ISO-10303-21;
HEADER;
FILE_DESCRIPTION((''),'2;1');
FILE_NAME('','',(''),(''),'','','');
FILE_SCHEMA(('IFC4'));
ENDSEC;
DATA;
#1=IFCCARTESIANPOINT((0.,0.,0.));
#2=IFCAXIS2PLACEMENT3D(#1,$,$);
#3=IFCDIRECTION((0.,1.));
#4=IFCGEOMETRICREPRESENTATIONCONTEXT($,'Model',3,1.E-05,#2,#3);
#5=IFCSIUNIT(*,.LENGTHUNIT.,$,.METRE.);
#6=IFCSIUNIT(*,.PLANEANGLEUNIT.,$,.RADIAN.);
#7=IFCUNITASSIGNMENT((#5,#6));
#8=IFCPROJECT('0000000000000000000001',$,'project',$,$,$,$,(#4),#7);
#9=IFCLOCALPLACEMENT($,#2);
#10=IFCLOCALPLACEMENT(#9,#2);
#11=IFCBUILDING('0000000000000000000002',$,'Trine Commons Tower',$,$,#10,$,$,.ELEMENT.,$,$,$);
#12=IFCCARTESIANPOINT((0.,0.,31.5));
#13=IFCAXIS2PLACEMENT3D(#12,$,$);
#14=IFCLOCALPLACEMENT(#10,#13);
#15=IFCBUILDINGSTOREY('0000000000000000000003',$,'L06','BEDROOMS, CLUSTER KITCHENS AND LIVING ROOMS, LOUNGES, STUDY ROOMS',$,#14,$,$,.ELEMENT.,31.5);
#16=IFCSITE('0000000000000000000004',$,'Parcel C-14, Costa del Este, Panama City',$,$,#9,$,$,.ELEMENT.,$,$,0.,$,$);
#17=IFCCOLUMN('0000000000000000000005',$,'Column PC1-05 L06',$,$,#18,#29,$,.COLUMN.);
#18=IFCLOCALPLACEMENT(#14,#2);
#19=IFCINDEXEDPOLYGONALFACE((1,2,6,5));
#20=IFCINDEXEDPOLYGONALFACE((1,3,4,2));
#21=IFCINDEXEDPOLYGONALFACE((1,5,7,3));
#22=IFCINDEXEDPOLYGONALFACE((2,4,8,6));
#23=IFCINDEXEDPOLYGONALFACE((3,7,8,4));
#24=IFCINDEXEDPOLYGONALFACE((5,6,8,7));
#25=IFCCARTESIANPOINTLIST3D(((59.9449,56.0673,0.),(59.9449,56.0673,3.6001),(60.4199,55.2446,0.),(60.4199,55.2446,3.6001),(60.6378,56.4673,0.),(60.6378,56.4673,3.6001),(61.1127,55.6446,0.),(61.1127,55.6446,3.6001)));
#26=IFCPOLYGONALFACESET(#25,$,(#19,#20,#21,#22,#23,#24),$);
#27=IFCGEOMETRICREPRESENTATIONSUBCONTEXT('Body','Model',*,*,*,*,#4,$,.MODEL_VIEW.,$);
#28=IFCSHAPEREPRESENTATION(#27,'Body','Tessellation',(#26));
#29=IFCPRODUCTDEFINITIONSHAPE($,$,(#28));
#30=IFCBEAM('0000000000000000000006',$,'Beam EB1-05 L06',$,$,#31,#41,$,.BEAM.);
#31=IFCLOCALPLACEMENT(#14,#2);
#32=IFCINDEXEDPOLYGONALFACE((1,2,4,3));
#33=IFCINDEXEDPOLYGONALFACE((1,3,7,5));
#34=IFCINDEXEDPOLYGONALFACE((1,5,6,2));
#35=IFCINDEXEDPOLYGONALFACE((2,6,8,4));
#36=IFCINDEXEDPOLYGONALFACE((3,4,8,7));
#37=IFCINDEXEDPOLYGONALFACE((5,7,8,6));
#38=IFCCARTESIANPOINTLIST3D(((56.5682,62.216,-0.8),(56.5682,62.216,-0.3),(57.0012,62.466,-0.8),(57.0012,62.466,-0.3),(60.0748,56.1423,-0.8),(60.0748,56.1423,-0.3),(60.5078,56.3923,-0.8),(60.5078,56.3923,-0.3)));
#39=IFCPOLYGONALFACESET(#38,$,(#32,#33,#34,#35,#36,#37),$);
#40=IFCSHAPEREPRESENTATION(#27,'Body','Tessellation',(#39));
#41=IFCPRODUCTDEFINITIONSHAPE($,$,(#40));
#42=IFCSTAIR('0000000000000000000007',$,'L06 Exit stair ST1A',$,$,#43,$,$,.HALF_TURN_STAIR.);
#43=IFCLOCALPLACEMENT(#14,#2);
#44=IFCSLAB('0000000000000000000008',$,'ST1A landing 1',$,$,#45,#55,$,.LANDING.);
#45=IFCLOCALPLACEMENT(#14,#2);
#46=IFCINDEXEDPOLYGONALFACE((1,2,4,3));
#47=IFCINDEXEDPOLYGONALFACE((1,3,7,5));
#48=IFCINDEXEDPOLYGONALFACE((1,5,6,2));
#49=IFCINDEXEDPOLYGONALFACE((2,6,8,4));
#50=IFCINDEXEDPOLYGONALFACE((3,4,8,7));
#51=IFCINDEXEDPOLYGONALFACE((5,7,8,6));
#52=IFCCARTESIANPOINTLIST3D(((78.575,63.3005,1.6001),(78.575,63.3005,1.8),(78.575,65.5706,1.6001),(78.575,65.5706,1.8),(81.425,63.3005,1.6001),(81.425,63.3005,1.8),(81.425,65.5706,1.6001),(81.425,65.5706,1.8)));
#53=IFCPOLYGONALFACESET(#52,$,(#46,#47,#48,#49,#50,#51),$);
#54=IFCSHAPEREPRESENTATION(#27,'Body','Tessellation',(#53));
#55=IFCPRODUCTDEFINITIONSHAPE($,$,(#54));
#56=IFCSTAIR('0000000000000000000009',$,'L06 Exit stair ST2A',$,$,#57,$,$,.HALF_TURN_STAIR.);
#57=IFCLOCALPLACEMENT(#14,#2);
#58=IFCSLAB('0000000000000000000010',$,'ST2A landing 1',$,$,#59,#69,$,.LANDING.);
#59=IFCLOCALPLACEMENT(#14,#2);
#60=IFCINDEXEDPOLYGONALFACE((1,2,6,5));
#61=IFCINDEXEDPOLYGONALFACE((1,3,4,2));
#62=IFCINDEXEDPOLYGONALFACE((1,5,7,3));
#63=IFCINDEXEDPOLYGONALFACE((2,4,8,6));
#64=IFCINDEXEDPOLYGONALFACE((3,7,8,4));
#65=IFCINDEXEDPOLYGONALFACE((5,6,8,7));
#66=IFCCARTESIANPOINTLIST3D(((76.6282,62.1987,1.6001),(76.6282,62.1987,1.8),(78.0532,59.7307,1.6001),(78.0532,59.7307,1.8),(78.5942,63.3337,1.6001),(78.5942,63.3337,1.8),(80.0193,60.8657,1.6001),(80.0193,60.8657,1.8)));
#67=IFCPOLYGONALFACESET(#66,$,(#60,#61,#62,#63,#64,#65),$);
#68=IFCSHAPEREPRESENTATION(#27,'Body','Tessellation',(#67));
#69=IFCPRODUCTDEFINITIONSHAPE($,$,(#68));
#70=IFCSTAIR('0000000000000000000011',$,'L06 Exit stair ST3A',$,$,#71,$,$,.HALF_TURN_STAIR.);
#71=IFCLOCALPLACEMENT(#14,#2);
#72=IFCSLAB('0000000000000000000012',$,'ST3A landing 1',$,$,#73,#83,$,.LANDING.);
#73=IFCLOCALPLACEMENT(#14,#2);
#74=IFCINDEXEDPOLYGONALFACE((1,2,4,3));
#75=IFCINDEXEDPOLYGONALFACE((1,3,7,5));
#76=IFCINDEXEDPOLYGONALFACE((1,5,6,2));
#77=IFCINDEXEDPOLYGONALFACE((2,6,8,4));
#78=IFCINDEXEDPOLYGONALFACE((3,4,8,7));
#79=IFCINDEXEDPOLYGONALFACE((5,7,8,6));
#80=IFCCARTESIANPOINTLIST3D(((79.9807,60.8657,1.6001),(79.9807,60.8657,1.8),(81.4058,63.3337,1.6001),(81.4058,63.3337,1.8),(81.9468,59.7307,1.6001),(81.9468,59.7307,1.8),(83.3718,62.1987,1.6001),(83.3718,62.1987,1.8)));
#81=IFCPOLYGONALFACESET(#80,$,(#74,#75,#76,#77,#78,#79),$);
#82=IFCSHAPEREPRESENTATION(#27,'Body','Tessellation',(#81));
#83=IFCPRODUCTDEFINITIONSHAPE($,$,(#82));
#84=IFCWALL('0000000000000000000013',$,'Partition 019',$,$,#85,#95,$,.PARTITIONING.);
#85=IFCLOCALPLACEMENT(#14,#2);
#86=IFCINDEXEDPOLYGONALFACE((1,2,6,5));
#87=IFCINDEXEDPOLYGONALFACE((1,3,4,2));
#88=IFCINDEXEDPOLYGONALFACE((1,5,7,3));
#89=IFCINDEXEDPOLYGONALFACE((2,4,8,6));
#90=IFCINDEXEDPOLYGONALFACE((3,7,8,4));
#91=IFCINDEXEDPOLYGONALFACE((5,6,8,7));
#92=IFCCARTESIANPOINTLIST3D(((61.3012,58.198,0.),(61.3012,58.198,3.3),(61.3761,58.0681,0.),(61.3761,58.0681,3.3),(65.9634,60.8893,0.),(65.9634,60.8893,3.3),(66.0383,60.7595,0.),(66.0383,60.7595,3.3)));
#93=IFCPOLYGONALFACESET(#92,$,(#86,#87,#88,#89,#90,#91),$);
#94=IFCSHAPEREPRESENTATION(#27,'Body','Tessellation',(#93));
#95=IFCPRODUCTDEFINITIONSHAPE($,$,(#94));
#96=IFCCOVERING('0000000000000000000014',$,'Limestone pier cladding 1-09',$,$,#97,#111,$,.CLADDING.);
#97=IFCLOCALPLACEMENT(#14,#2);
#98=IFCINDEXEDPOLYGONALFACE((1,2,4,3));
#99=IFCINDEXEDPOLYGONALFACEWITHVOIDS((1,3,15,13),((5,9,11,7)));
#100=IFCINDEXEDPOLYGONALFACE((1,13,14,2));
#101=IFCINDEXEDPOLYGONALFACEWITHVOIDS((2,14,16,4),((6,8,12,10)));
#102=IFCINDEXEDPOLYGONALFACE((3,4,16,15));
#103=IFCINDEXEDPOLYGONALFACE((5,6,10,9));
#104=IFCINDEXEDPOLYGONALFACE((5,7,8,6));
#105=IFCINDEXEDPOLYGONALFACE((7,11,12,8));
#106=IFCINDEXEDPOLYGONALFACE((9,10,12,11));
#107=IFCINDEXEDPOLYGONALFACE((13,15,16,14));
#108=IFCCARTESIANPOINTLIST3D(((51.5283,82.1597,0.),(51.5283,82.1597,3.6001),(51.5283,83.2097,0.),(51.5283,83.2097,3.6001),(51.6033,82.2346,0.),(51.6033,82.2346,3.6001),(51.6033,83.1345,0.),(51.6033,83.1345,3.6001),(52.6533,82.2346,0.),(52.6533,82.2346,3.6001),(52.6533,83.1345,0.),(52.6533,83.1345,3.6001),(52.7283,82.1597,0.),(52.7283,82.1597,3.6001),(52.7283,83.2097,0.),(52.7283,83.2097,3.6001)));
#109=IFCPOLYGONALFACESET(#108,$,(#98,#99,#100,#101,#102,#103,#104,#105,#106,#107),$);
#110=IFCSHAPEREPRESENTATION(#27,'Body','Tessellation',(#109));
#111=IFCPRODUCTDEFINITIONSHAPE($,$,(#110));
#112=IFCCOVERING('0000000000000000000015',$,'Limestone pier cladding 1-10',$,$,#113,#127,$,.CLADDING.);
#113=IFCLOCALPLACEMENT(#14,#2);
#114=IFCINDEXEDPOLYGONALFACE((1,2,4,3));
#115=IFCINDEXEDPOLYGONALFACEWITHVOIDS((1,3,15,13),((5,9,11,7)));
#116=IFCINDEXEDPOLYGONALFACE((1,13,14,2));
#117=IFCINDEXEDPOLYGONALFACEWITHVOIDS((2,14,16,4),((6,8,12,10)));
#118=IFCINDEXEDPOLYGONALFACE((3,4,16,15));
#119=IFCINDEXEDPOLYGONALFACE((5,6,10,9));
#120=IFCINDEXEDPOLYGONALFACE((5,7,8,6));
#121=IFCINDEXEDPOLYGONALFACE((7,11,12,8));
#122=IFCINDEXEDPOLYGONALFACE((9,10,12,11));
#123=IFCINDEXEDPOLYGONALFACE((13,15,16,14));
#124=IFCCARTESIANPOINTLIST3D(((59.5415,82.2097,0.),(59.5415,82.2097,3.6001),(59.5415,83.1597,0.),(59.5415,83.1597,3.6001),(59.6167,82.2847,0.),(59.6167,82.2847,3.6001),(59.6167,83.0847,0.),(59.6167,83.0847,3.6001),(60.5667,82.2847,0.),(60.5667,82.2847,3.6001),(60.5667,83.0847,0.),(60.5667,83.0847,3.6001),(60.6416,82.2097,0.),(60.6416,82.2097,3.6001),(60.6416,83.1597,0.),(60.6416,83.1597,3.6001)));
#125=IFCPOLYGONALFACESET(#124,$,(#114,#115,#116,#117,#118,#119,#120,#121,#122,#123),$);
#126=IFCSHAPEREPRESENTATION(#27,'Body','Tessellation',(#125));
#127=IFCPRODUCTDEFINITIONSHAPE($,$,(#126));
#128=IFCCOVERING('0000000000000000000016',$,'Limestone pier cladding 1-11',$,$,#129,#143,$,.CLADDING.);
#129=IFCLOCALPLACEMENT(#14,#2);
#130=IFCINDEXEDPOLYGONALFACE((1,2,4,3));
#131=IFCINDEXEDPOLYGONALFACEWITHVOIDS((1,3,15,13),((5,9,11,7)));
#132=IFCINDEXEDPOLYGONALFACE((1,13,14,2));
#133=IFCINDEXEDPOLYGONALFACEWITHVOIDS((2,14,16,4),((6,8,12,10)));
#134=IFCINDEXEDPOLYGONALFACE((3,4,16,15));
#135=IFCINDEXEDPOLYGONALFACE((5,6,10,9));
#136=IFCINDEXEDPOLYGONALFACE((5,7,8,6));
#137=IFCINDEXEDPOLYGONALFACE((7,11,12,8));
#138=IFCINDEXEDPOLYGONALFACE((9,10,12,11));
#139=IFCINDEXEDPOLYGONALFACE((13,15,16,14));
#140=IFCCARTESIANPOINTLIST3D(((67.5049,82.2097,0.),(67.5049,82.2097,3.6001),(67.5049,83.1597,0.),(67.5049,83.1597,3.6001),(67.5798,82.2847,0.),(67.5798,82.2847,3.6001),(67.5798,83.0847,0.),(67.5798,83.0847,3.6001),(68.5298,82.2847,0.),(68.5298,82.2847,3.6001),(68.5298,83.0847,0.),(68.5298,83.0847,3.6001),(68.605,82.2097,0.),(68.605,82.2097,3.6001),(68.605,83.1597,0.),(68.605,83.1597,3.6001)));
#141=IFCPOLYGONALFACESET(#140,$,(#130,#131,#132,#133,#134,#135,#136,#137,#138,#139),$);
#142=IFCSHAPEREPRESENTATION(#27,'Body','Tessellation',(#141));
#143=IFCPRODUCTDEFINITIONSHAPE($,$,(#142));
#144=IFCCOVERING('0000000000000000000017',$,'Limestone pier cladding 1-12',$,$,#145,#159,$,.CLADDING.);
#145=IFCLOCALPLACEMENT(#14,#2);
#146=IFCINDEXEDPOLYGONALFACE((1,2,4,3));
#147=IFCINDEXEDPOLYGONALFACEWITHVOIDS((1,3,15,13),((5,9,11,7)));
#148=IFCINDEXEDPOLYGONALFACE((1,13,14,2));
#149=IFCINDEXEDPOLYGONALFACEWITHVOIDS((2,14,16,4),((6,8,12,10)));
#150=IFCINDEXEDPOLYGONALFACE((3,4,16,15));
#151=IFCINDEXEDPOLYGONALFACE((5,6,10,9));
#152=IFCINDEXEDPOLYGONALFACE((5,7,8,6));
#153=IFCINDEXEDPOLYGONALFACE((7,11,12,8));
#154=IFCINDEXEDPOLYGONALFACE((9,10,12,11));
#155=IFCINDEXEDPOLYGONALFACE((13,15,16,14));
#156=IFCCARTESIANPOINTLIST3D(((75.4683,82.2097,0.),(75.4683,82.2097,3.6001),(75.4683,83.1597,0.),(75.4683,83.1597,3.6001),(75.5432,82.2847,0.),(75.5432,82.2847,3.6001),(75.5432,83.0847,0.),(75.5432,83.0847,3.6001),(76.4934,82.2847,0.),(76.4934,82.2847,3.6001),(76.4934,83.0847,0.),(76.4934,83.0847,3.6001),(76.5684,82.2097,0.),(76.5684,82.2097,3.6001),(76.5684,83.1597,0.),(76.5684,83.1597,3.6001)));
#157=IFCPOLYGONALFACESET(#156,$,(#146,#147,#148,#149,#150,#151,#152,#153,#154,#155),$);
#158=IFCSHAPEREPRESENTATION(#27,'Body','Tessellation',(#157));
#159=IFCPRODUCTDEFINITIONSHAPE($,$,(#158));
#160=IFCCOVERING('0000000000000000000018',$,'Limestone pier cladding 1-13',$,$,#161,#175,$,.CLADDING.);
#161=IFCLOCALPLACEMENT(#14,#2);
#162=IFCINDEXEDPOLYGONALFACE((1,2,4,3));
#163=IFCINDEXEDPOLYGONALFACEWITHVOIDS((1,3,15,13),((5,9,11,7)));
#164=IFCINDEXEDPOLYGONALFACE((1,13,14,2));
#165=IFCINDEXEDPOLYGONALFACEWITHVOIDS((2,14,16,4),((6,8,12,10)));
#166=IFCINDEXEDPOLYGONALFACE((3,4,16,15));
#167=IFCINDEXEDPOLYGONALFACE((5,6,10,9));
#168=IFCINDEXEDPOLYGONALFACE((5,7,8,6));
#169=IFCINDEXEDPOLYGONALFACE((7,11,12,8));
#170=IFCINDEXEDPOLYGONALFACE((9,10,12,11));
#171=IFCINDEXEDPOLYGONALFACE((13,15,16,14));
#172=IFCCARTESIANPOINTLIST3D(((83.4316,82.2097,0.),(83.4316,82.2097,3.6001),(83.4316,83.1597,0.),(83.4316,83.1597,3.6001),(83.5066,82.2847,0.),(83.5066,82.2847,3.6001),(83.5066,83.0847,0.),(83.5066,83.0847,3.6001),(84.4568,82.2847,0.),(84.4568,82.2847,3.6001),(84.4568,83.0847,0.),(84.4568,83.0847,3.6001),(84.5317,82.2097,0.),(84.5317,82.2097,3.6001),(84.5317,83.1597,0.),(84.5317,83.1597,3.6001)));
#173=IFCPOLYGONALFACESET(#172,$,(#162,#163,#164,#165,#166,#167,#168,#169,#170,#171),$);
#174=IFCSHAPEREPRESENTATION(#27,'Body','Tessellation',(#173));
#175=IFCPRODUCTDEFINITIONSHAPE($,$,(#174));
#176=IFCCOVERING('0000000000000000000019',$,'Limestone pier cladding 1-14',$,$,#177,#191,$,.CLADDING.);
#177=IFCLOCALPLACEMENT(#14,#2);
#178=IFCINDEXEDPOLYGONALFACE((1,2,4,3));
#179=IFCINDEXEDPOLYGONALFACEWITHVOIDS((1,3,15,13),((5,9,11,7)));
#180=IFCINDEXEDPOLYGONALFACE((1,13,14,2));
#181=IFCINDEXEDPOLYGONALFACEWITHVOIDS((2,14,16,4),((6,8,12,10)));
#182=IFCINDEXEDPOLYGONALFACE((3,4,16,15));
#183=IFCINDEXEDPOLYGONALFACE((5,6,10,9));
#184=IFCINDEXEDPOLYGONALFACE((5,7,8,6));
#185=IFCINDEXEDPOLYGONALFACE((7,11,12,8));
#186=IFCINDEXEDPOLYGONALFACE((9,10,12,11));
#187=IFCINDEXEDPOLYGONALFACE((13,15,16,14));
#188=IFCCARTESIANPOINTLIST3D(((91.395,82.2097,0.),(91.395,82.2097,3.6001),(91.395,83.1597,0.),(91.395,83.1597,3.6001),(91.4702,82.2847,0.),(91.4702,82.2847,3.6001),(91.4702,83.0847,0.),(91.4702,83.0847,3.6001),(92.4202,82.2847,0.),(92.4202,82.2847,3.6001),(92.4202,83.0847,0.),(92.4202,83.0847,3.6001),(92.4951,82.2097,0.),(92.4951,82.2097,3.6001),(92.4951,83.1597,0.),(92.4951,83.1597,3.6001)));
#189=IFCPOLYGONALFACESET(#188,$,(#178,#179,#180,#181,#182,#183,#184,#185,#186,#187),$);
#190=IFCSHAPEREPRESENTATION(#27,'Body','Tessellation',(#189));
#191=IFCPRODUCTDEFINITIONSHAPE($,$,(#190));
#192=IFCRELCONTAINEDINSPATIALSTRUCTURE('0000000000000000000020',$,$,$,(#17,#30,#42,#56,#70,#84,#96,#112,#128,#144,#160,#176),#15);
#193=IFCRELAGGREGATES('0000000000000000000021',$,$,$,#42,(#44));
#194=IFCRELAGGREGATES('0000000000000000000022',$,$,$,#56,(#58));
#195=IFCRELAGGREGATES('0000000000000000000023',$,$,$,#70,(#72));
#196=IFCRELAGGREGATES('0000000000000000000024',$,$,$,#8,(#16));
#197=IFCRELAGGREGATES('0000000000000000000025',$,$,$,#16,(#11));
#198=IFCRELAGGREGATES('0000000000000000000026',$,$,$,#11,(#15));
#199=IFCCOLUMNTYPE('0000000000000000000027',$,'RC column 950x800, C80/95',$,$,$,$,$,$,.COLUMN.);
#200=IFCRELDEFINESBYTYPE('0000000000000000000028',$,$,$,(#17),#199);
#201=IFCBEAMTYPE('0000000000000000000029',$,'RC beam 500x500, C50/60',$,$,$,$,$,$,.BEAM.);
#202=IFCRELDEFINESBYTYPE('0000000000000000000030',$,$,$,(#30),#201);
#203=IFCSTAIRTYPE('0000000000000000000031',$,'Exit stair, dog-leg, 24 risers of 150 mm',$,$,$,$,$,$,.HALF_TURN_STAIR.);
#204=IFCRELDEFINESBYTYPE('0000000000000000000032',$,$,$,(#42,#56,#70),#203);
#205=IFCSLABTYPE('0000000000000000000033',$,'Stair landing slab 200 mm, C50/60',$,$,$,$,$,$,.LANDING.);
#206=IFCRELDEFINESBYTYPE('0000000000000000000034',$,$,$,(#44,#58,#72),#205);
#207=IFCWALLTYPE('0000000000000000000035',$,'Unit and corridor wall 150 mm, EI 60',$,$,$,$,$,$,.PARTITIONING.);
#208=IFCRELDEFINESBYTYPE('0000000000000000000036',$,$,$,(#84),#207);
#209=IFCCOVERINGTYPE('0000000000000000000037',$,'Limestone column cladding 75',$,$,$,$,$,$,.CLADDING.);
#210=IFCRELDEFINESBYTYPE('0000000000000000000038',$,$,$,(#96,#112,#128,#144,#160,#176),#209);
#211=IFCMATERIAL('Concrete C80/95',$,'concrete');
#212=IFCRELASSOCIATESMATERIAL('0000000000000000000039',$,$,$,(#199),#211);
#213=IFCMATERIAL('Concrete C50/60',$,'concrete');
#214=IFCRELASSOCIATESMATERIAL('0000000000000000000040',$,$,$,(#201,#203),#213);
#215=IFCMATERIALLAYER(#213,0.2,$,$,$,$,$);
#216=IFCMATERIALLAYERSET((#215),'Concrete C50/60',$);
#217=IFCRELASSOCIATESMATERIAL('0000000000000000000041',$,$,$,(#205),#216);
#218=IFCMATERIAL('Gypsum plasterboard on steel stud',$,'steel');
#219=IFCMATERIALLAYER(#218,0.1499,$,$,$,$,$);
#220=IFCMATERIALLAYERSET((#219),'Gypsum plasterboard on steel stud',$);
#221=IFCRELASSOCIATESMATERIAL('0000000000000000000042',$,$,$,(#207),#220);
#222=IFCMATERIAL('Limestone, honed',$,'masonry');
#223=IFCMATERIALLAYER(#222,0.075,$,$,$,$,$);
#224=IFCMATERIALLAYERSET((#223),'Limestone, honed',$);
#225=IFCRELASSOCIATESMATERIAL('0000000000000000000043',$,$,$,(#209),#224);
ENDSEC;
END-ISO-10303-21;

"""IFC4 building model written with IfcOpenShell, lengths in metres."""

from ifc_helpers import new_model, si_unit, direction, frame, frame_2d, origin, origin_2d, place, context, subcontext, project, spatial, polyline, rectangle, outline, extrude, material, layer, layer_set, material_profile, profile_set, type_object, element, aggregate, save


model = new_model("IFC4")

# Units and contexts
model_context = context("Model", 3, precision=1e-05, world=origin(), true_north=direction((0.0, 1.0)))
body_context = subcontext(model_context, "Body", "Model", "MODEL_VIEW")
ifc_project = project(units=[si_unit("LENGTHUNIT", "METRE"), si_unit("PLANEANGLEUNIT", "RADIAN")], contexts=[model_context])

# Site, building, storey
site_placement = place(None, origin())
site = spatial("IfcSite", under=ifc_project, at=site_placement, Name="Parcel C-14, Costa del Este, Panama City", CompositionType="ELEMENT", RefElevation=0.0)
building_placement = place(site_placement, origin())
building = spatial("IfcBuilding", under=site, at=building_placement, Name="Trine Commons Tower", CompositionType="ELEMENT")
storey_placement = place(building_placement, frame((0.0, 0.0, 31.5)))
storey = spatial("IfcBuildingStorey", under=building, at=storey_placement, Name="L06", Description="BEDROOMS, CLUSTER KITCHENS AND LIVING ROOMS, LOUNGES, STUDY ROOMS", CompositionType="ELEMENT", Elevation=31.5)

# Column
ifc_material_1 = material(Name="Concrete C80/95", Category="concrete")
ifc_material_profile_1 = material_profile(ifc_material_1, rectangle(XDim=0.95, YDim=0.8, at=origin_2d()), Name="RC 950x800")
ifc_profile_set_1 = profile_set([ifc_material_profile_1], Name="Concrete C80/95")
column_type = type_object("IfcColumnType", Name="RC column 950x800, C80/95", PredefinedType="COLUMN", material=ifc_profile_set_1)
column_placement = place(storey_placement, frame((60.5288, 55.856, 0.0), z_axis=(0.0, 0.0, 1.0), x_axis=(-0.5, 0.866025, 0.0)))
element("IfcColumn", 1, at=column_placement, inside=storey, type_object=column_type, Name="Column PC1-05 L06", PredefinedType="COLUMN", context=body_context, shape_type="SweptSolid", body=[
    extrude(rectangle(XDim=0.95, YDim=0.8, at=origin_2d()), origin(), (0.0, 0.0, 1.0), 3.6001),
])

# Beam
ifc_material_2 = material(Name="Concrete C50/60", Category="concrete")
ifc_material_profile_2 = material_profile(ifc_material_2, rectangle(XDim=0.5, YDim=0.5, at=origin_2d()), Name="RC 500x500")
ifc_profile_set_2 = profile_set([ifc_material_profile_2], Name="Concrete C50/60")
beam_type = type_object("IfcBeamType", Name="RC beam 500x500, C50/60", PredefinedType="BEAM", material=ifc_profile_set_2)
beam_placement = place(storey_placement, frame((60.2913, 56.2673, -0.55), z_axis=(-0.499992, 0.86603, 0.0), x_axis=(-0.86603, -0.499992, 0.0)))
element("IfcBeam", 2, at=beam_placement, inside=storey, type_object=beam_type, Name="Beam EB1-05 L06", PredefinedType="BEAM", context=body_context, shape_type="SweptSolid", body=[
    extrude(rectangle(XDim=0.5, YDim=0.5, at=origin_2d()), origin(), (0.0, 0.0, 1.0), 7.0132),
])

# Stairs, slabs
stair_type = type_object("IfcStairType", Name="Exit stair, dog-leg, 24 risers of 150 mm", PredefinedType="HALF_TURN_STAIR", material=ifc_material_2)
stair_1_placement = place(storey_placement, origin())
stair_1 = element("IfcStair", 3, at=stair_1_placement, inside=storey, type_object=stair_type, Name="L06 Exit stair ST1A", PredefinedType="HALF_TURN_STAIR")
ifc_layer_1 = layer(ifc_material_2, 0.2)
ifc_layer_set_1 = layer_set([ifc_layer_1], Name="Concrete C50/60")
slab_type = type_object("IfcSlabType", Name="Stair landing slab 200 mm, C50/60", PredefinedType="LANDING", material=ifc_layer_set_1)
slab_1_placement = place(storey_placement, frame((0.0, 0.0, 1.6001)))
slab_1 = element("IfcSlab", 4, at=slab_1_placement, type_object=slab_type, Name="ST1A landing 1", PredefinedType="LANDING", context=body_context, shape_type="SweptSolid", body=[
    extrude(outline(polyline([(78.575, 65.5706), (78.575, 63.3005), (81.425, 63.3005), (81.425, 65.5706), (78.575, 65.5706)])), origin(), (0.0, 0.0, 1.0), 0.2),
])
aggregate(stair_1, [slab_1])
stair_2_placement = place(storey_placement, origin())
stair_2 = element("IfcStair", 5, at=stair_2_placement, inside=storey, type_object=stair_type, Name="L06 Exit stair ST2A", PredefinedType="HALF_TURN_STAIR")
slab_2_placement = place(storey_placement, frame((0.0, 0.0, 1.6001)))
slab_2 = element("IfcSlab", 6, at=slab_2_placement, type_object=slab_type, Name="ST2A landing 1", PredefinedType="LANDING", context=body_context, shape_type="SweptSolid", body=[
    extrude(outline(polyline([(78.0532, 59.7307), (80.0193, 60.8657), (78.5942, 63.3337), (76.6282, 62.1987), (78.0532, 59.7307)])), origin(), (0.0, 0.0, 1.0), 0.2),
])
aggregate(stair_2, [slab_2])
stair_3_placement = place(storey_placement, origin())
stair_3 = element("IfcStair", 7, at=stair_3_placement, inside=storey, type_object=stair_type, Name="L06 Exit stair ST3A", PredefinedType="HALF_TURN_STAIR")
slab_3_placement = place(storey_placement, frame((0.0, 0.0, 1.6001)))
slab_3 = element("IfcSlab", 8, at=slab_3_placement, type_object=slab_type, Name="ST3A landing 1", PredefinedType="LANDING", context=body_context, shape_type="SweptSolid", body=[
    extrude(outline(polyline([(83.3718, 62.1987), (81.4058, 63.3337), (79.9807, 60.8657), (81.9468, 59.7307), (83.3718, 62.1987)])), origin(), (0.0, 0.0, 1.0), 0.2),
])
aggregate(stair_3, [slab_3])

# Wall
ifc_material_3 = material(Name="Gypsum plasterboard on steel stud", Category="steel")
ifc_layer_2 = layer(ifc_material_3, 0.1499)
ifc_layer_set_2 = layer_set([ifc_layer_2], Name="Gypsum plasterboard on steel stud")
wall_type = type_object("IfcWallType", Name="Unit and corridor wall 150 mm, EI 60", PredefinedType="PARTITIONING", material=ifc_layer_set_2)
wall_placement = place(storey_placement, frame((61.3386, 58.1331, 0.0), z_axis=(0.0, 0.0, 1.0), x_axis=(0.866058, 0.499944, 0.0)))
element("IfcWall", 9, at=wall_placement, inside=storey, type_object=wall_type, Name="Partition 019", PredefinedType="PARTITIONING", context=body_context, shape_type="SweptSolid", body=[
    extrude(rectangle(XDim=5.3833, YDim=0.1499, at=frame_2d((2.6917, 0.0))), origin(), (0.0, 0.0, 1.0), 3.3),
])

# Coverings
ifc_material_4 = material(Name="Limestone, honed", Category="masonry")
ifc_layer_3 = layer(ifc_material_4, 0.075)
ifc_layer_set_3 = layer_set([ifc_layer_3], Name="Limestone, honed")
covering_type_1 = type_object("IfcCoveringType", Name="Limestone column cladding 75", PredefinedType="CLADDING", material=ifc_layer_set_3)
covering_1_placement = place(storey_placement, origin())
element("IfcCovering", 10, at=covering_1_placement, inside=storey, type_object=covering_type_1, Name="Limestone pier cladding 1-09", PredefinedType="CLADDING", context=body_context, shape_type="SweptSolid", body=[
    extrude(outline(polyline([(52.7283, 82.1597), (52.7283, 83.2097), (51.5283, 83.2097), (51.5283, 82.1597), (52.7283, 82.1597)]), holes=[polyline([(52.6533, 82.2346), (52.6533, 83.1345), (51.6033, 83.1345), (51.6033, 82.2346), (52.6533, 82.2346)])]), origin(), (0.0, 0.0, 1.0), 3.6001),
])
covering_2_placement = place(storey_placement, origin())
element("IfcCovering", 11, at=covering_2_placement, inside=storey, type_object=covering_type_1, Name="Limestone pier cladding 1-10", PredefinedType="CLADDING", context=body_context, shape_type="SweptSolid", body=[
    extrude(outline(polyline([(60.6416, 82.2097), (60.6416, 83.1597), (59.5415, 83.1597), (59.5415, 82.2097), (60.6416, 82.2097)]), holes=[polyline([(60.5667, 82.2847), (60.5667, 83.0847), (59.6167, 83.0847), (59.6167, 82.2847), (60.5667, 82.2847)])]), origin(), (0.0, 0.0, 1.0), 3.6001),
])
covering_3_placement = place(storey_placement, origin())
element("IfcCovering", 12, at=covering_3_placement, inside=storey, type_object=covering_type_1, Name="Limestone pier cladding 1-11", PredefinedType="CLADDING", context=body_context, shape_type="SweptSolid", body=[
    extrude(outline(polyline([(68.605, 82.2097), (68.605, 83.1597), (67.5049, 83.1597), (67.5049, 82.2097), (68.605, 82.2097)]), holes=[polyline([(68.5298, 82.2847), (68.5298, 83.0847), (67.5798, 83.0847), (67.5798, 82.2847), (68.5298, 82.2847)])]), origin(), (0.0, 0.0, 1.0), 3.6001),
])
covering_4_placement = place(storey_placement, origin())
element("IfcCovering", 13, at=covering_4_placement, inside=storey, type_object=covering_type_1, Name="Limestone pier cladding 1-12", PredefinedType="CLADDING", context=body_context, shape_type="SweptSolid", body=[
    extrude(outline(polyline([(76.5684, 82.2097), (76.5684, 83.1597), (75.4683, 83.1597), (75.4683, 82.2097), (76.5684, 82.2097)]), holes=[polyline([(76.4934, 82.2847), (76.4934, 83.0847), (75.5432, 83.0847), (75.5432, 82.2847), (76.4934, 82.2847)])]), origin(), (0.0, 0.0, 1.0), 3.6001),
])
covering_5_placement = place(storey_placement, origin())
element("IfcCovering", 14, at=covering_5_placement, inside=storey, type_object=covering_type_1, Name="Limestone pier cladding 1-13", PredefinedType="CLADDING", context=body_context, shape_type="SweptSolid", body=[
    extrude(outline(polyline([(84.5317, 82.2097), (84.5317, 83.1597), (83.4316, 83.1597), (83.4316, 82.2097), (84.5317, 82.2097)]), holes=[polyline([(84.4568, 82.2847), (84.4568, 83.0847), (83.5066, 83.0847), (83.5066, 82.2847), (84.4568, 82.2847)])]), origin(), (0.0, 0.0, 1.0), 3.6001),
])
covering_6_placement = place(storey_placement, origin())
element("IfcCovering", 15, at=covering_6_placement, inside=storey, type_object=covering_type_1, Name="Limestone pier cladding 1-14", PredefinedType="CLADDING", context=body_context, shape_type="SweptSolid", body=[
    extrude(outline(polyline([(92.4951, 82.2097), (92.4951, 83.1597), (91.395, 83.1597), (91.395, 82.2097), (92.4951, 82.2097)]), holes=[polyline([(92.4202, 82.2847), (92.4202, 83.0847), (91.4702, 83.0847), (91.4702, 82.2847), (92.4202, 82.2847)])]), origin(), (0.0, 0.0, 1.0), 3.6001),
])

save(model, "model.ifc")
